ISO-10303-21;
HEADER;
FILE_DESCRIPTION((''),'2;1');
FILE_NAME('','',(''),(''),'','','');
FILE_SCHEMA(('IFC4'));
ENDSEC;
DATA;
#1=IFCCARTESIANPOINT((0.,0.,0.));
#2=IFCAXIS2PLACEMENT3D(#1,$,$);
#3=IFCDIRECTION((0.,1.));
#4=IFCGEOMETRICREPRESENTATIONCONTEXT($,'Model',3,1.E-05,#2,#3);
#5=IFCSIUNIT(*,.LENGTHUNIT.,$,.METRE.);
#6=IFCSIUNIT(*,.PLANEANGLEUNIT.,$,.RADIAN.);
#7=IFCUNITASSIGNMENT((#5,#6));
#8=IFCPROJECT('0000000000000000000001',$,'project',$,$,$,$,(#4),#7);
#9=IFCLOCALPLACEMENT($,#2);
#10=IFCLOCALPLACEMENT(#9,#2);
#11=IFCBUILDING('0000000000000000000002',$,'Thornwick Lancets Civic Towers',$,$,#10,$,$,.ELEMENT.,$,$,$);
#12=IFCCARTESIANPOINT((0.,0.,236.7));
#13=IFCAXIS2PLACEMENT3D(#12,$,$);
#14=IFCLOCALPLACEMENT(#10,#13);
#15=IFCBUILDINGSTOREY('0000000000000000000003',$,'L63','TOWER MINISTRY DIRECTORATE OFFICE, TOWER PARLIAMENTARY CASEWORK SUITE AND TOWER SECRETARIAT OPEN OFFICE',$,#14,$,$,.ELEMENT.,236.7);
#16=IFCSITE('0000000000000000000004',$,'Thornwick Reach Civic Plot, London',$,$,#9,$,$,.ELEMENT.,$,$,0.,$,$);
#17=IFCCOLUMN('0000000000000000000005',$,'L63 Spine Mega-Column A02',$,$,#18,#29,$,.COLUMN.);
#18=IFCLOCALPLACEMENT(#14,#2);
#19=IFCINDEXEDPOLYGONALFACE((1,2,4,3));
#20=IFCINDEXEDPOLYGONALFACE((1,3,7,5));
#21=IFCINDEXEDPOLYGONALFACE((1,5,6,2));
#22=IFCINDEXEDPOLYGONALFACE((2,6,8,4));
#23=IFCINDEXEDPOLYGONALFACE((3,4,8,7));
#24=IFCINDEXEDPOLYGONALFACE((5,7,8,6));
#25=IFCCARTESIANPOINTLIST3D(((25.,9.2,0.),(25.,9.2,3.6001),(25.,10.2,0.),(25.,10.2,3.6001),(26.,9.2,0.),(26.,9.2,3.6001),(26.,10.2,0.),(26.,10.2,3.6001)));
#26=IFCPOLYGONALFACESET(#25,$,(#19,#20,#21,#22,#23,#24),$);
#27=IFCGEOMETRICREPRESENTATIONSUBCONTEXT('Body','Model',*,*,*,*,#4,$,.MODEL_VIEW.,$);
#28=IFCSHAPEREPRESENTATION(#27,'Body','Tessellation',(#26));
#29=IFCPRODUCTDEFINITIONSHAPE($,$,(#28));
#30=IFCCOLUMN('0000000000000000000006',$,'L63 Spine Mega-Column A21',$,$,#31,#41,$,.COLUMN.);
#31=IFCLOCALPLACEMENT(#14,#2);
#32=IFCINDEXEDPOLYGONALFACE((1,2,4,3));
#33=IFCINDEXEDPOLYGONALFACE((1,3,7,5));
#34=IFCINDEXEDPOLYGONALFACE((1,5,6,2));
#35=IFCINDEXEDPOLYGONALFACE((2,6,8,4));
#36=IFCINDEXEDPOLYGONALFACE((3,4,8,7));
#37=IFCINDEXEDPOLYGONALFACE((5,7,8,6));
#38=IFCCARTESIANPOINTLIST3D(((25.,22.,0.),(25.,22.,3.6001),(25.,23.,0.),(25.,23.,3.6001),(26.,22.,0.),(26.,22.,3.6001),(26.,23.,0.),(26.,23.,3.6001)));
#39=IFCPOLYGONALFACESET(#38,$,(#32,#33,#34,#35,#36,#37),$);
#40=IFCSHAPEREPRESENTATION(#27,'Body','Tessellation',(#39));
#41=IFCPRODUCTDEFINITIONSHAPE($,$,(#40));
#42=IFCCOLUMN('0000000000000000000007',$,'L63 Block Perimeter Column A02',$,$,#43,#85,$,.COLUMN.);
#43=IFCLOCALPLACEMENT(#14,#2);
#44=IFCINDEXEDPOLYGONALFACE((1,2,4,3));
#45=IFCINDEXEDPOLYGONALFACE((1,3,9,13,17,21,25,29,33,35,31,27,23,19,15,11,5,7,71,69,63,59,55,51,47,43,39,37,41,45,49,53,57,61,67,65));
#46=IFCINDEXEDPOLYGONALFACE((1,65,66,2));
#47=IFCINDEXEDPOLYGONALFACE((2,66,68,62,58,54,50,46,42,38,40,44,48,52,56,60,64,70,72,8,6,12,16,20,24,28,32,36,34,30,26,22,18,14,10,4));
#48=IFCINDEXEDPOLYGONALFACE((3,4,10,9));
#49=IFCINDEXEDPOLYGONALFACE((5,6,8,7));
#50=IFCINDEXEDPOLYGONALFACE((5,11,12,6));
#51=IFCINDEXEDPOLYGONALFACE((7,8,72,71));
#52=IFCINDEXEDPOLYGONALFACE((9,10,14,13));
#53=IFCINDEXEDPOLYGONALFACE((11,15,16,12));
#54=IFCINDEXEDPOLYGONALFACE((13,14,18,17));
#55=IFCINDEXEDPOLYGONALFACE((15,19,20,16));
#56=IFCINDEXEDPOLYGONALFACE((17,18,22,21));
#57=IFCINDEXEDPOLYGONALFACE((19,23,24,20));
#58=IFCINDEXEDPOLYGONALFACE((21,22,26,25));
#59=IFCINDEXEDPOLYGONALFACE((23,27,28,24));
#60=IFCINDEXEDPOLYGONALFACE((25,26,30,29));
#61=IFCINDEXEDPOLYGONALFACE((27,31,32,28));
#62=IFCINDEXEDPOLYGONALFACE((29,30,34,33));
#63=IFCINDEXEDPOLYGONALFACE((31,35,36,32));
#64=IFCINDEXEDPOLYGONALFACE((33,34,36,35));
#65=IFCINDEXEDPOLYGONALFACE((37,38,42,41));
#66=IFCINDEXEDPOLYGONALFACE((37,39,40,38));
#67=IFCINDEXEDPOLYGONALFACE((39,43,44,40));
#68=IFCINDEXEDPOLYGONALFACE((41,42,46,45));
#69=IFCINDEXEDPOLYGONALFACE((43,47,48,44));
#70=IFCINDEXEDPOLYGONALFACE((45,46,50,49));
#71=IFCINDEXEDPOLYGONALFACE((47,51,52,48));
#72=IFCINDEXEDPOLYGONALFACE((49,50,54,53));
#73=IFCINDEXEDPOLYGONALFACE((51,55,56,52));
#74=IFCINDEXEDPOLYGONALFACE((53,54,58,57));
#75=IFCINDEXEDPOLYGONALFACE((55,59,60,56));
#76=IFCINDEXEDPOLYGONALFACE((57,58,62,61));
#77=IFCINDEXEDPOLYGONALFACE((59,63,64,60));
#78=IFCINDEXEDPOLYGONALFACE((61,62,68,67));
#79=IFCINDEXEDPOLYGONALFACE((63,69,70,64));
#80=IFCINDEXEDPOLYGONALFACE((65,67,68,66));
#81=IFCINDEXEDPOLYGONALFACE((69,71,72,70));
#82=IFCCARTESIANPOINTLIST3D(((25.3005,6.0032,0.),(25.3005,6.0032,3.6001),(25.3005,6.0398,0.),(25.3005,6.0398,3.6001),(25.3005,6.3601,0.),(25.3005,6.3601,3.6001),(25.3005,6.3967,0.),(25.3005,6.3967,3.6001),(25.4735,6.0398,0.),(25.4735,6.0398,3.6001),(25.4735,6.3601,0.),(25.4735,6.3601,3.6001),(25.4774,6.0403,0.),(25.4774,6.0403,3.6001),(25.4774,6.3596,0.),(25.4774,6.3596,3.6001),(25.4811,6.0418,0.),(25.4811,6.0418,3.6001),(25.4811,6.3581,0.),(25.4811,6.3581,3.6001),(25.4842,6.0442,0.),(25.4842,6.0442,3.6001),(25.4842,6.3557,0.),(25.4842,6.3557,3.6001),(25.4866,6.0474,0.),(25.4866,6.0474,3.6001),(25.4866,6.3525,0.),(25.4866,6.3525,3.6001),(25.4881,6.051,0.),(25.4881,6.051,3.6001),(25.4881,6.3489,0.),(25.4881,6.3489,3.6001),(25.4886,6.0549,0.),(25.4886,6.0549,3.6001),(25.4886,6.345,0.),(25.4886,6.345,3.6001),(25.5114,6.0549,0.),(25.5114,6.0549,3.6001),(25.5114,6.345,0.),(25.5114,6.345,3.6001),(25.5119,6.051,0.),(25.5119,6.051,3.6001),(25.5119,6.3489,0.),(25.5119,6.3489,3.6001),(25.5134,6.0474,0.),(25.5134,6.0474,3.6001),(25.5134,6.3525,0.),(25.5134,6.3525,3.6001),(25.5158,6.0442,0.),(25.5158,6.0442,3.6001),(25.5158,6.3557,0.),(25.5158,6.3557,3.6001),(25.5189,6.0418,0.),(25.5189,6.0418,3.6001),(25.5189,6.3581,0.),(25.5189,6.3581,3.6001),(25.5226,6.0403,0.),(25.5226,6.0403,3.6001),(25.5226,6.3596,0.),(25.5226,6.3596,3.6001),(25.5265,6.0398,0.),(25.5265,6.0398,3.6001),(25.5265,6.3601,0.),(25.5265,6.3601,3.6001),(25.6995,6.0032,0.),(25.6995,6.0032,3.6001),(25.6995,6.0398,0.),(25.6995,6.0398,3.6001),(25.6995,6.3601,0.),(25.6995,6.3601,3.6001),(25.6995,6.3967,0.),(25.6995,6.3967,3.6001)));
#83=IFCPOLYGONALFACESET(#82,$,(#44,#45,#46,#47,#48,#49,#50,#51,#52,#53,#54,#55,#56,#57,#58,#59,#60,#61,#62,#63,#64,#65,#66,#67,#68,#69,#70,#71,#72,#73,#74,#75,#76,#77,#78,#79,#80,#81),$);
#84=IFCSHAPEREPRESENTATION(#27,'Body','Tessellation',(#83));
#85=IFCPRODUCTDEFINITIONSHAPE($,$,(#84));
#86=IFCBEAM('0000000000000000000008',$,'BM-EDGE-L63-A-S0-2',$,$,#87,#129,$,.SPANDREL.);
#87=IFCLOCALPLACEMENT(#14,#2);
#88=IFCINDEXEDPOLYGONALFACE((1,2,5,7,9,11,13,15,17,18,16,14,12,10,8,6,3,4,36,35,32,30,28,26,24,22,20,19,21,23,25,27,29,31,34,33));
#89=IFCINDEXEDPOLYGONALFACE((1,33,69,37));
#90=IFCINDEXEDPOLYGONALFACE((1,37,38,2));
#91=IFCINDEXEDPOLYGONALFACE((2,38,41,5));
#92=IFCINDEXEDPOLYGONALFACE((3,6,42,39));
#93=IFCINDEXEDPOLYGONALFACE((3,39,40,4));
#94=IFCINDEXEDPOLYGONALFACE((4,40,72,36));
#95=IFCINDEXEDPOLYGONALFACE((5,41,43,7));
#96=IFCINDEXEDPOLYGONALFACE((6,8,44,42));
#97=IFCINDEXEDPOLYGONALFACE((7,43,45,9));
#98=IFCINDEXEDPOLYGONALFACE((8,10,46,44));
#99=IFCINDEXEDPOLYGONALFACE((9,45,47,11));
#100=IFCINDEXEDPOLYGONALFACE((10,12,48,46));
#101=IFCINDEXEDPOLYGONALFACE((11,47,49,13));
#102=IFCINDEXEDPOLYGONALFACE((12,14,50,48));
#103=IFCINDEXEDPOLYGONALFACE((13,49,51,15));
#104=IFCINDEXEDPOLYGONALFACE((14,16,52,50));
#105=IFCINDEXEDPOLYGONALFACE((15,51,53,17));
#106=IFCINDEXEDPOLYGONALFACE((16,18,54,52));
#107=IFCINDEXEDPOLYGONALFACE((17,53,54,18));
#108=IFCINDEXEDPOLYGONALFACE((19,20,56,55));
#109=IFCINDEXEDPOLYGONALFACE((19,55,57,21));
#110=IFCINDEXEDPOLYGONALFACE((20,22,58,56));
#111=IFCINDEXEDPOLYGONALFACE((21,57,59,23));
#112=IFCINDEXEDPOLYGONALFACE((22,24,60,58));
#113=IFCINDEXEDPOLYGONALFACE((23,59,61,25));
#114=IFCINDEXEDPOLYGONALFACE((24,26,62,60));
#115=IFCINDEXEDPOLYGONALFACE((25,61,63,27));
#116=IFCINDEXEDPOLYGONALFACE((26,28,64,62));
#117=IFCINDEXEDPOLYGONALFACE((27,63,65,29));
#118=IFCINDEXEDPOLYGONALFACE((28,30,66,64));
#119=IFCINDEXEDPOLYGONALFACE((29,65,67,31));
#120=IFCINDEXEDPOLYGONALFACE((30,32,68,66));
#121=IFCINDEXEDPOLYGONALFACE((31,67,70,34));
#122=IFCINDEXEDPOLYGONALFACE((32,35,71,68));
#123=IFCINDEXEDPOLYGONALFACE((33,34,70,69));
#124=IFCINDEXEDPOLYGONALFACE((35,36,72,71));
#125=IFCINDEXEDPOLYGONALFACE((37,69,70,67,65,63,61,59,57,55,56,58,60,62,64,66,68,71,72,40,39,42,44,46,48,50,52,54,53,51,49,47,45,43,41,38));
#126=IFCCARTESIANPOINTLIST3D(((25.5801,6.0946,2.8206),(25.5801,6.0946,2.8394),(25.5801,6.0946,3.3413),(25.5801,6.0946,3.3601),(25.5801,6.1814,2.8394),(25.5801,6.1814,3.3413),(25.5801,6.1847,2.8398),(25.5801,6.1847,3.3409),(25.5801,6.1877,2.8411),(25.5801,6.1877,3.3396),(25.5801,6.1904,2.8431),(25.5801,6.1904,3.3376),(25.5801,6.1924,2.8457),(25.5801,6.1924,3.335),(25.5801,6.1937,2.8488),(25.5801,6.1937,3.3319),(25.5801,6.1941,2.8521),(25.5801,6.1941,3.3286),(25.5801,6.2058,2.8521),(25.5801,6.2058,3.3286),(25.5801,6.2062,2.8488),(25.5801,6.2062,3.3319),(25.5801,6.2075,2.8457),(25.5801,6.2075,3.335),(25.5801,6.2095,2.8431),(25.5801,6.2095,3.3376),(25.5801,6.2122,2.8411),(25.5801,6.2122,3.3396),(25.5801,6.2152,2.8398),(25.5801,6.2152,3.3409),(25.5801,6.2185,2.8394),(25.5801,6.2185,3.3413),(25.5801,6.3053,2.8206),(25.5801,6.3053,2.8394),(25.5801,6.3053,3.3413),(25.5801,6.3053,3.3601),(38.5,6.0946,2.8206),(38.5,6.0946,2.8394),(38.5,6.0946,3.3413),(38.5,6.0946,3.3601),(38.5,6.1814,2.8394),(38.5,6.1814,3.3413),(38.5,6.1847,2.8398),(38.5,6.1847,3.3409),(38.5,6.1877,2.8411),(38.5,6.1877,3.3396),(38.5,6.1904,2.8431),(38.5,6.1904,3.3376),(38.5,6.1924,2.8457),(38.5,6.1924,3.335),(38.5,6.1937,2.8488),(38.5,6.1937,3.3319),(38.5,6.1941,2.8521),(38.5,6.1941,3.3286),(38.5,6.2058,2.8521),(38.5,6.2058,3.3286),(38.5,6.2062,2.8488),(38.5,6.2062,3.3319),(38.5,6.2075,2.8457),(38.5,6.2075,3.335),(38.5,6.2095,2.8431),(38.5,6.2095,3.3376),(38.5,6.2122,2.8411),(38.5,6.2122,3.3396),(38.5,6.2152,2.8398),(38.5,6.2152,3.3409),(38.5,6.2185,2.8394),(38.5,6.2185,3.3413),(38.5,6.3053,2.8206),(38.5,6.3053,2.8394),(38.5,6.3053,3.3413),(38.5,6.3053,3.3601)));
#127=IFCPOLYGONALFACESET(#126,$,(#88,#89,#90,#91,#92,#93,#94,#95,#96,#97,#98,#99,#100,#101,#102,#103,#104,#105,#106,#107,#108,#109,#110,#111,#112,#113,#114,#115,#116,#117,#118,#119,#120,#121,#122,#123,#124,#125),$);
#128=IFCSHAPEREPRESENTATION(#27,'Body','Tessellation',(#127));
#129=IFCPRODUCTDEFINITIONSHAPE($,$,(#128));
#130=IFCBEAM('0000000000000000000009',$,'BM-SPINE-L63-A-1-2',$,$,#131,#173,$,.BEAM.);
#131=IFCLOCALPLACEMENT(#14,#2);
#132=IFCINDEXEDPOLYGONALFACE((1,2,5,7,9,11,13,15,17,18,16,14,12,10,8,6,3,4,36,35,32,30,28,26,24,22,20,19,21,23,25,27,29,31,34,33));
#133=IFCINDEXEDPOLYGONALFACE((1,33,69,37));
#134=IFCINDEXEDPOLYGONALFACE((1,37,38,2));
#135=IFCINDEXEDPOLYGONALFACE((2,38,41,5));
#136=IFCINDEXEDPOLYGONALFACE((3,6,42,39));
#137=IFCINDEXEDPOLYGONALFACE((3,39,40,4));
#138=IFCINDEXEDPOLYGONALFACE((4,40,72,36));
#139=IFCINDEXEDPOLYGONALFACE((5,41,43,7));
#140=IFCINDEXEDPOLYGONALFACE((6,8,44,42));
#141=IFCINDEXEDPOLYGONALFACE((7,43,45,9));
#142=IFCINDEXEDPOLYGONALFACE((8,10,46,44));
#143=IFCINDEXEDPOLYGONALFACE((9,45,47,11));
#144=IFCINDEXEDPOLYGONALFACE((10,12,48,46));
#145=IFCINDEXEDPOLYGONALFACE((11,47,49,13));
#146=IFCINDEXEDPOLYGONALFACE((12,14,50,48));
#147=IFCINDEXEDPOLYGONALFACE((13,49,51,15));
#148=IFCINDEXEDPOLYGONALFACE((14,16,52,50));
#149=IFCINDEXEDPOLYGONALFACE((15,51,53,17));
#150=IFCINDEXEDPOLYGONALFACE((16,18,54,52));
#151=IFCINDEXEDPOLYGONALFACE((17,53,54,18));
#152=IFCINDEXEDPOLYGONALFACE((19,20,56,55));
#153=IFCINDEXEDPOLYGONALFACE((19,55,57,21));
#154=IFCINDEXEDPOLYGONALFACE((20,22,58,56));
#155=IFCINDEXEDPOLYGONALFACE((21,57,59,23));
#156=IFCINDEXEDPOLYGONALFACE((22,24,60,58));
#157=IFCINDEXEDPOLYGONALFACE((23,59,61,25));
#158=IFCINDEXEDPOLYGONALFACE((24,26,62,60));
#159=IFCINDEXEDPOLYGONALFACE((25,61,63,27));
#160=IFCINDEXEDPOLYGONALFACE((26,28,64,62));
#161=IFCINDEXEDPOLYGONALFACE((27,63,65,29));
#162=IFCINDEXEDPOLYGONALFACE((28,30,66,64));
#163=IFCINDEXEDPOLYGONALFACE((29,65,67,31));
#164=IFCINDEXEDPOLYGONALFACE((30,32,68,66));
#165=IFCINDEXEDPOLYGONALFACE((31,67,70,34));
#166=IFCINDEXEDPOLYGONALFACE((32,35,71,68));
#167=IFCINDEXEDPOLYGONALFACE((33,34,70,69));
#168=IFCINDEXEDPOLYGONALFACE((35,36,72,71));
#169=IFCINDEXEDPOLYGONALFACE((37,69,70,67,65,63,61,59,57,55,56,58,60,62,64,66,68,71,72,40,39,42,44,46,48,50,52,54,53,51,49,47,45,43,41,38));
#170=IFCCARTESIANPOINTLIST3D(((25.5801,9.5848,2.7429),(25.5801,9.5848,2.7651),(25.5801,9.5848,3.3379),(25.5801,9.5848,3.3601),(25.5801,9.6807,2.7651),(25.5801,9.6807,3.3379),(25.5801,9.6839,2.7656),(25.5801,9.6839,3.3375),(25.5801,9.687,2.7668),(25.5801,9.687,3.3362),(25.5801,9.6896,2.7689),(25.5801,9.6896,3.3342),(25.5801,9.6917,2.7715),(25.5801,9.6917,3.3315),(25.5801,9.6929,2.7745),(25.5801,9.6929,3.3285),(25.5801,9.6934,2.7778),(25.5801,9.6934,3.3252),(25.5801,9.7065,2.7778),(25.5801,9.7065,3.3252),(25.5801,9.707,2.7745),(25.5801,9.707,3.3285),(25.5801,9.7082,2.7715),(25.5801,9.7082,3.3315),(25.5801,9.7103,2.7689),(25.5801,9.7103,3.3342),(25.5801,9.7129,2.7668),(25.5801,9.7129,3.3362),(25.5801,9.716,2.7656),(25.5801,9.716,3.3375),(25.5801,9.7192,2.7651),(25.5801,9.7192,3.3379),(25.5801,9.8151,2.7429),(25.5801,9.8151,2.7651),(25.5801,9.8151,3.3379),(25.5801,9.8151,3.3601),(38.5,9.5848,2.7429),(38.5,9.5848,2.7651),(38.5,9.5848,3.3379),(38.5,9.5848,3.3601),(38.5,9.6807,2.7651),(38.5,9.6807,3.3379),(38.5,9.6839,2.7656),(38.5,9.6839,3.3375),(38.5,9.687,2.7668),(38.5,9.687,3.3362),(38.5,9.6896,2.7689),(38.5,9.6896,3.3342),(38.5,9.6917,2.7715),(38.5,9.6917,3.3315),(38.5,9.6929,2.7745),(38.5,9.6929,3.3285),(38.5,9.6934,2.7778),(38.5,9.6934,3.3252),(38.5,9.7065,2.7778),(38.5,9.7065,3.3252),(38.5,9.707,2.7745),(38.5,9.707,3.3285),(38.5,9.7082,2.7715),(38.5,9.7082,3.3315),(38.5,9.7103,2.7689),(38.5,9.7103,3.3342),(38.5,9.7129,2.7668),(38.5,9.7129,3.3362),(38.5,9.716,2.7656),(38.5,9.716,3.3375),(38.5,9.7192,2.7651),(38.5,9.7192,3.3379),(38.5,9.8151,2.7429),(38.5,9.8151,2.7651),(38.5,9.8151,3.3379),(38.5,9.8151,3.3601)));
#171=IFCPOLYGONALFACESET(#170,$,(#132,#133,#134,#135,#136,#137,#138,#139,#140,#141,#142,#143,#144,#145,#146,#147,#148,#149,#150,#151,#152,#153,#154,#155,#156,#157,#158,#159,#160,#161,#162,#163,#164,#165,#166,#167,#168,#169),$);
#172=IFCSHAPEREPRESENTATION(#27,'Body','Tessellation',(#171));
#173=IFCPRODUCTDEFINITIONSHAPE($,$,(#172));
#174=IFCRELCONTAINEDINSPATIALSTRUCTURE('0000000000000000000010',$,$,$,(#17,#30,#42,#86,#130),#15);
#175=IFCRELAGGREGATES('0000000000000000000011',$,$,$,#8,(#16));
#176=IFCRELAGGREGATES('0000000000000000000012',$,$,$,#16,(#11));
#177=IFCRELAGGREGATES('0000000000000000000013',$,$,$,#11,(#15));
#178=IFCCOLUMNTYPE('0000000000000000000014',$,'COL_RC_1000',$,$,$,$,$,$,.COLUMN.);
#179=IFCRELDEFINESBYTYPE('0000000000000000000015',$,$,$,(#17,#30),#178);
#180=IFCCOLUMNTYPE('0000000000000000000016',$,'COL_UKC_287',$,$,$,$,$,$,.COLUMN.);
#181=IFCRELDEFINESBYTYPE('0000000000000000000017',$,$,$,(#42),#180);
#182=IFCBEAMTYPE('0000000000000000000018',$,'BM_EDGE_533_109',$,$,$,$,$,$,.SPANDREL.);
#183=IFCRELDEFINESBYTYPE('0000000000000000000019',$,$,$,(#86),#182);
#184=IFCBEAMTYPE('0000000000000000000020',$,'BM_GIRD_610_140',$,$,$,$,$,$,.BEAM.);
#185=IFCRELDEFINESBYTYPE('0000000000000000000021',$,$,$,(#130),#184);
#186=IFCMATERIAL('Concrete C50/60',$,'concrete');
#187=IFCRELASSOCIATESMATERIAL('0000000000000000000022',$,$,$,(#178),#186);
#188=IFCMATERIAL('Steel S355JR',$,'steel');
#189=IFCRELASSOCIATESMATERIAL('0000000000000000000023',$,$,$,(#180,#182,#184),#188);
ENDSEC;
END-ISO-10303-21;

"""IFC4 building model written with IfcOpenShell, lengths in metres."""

from ifc_helpers import new_model, si_unit, direction, frame, origin, origin_2d, place, context, subcontext, project, spatial, rectangle, i_section, extrude, material, material_profile, profile_set, type_object, element, save


model = new_model("IFC4")

# Units and contexts
model_context = context("Model", 3, precision=1e-05, world=origin(), true_north=direction((0.0, 1.0)))
body_context = subcontext(model_context, "Body", "Model", "MODEL_VIEW")
ifc_project = project(units=[si_unit("LENGTHUNIT", "METRE"), si_unit("PLANEANGLEUNIT", "RADIAN")], contexts=[model_context])

# Site, building, storey
site_placement = place(None, origin())
site = spatial("IfcSite", under=ifc_project, at=site_placement, Name="Thornwick Reach Civic Plot, London", CompositionType="ELEMENT", RefElevation=0.0)
building_placement = place(site_placement, origin())
building = spatial("IfcBuilding", under=site, at=building_placement, Name="Thornwick Lancets Civic Towers", CompositionType="ELEMENT")
storey_placement = place(building_placement, frame((0.0, 0.0, 236.7)))
storey = spatial("IfcBuildingStorey", under=building, at=storey_placement, Name="L63", Description="TOWER MINISTRY DIRECTORATE OFFICE, TOWER PARLIAMENTARY CASEWORK SUITE AND TOWER SECRETARIAT OPEN OFFICE", CompositionType="ELEMENT", Elevation=236.7)

# Columns
ifc_material_1 = material(Name="Concrete C50/60", Category="concrete")
ifc_material_profile_1 = material_profile(ifc_material_1, rectangle(XDim=1.0, YDim=1.0, at=origin_2d()), Name="RC 1000x1000")
ifc_profile_set_1 = profile_set([ifc_material_profile_1], Name="Concrete C50/60")
column_type_1 = type_object("IfcColumnType", Name="COL_RC_1000", PredefinedType="COLUMN", material=ifc_profile_set_1)
for number, where, z_axis, x_axis, name in (
    (1, (25.5, 9.7, 0.0), (0.0, 0.0, 1.0), (1.0, 0.0, 0.0), "L63 Spine Mega-Column A02"),
    (2, (25.5, 22.5, 0.0), (0.0, 0.0, 1.0), (1.0, 0.0, 0.0), "L63 Spine Mega-Column A21"),
):
    element("IfcColumn", number, at=place(storey_placement, frame(where, z_axis=z_axis, x_axis=x_axis)), inside=storey, type_object=column_type_1, Name=name, PredefinedType="COLUMN", context=body_context, shape_type="SweptSolid", body=[
        extrude(rectangle(XDim=1.0, YDim=1.0, at=origin_2d()), origin(), (0.0, 0.0, 1.0), 3.6001),
    ])
ifc_material_2 = material(Name="Steel S355JR", Category="steel")
ifc_material_profile_2 = material_profile(ifc_material_2, i_section(OverallWidth=0.3989, OverallDepth=0.3936, WebThickness=0.0227, FlangeThickness=0.0366, FilletRadius=0.0151, at=origin_2d()), Name="UKC 356x406x287")
ifc_profile_set_2 = profile_set([ifc_material_profile_2], Name="Steel S355JR")
column_type_2 = type_object("IfcColumnType", Name="COL_UKC_287", PredefinedType="COLUMN", material=ifc_profile_set_2)
column_placement = place(storey_placement, frame((25.5, 6.2, 0.0), z_axis=(0.0, 0.0, 1.0), x_axis=(1.0, 0.0, 0.0)))
element("IfcColumn", 3, at=column_placement, inside=storey, type_object=column_type_2, Name="L63 Block Perimeter Column A02", PredefinedType="COLUMN", context=body_context, shape_type="SweptSolid", body=[
    extrude(i_section(OverallWidth=0.3989, OverallDepth=0.3936, WebThickness=0.0227, FlangeThickness=0.0366, FilletRadius=0.0151, at=origin_2d()), origin(), (0.0, 0.0, 1.0), 3.6001),
])

# Beams
ifc_material_profile_3 = material_profile(ifc_material_2, i_section(OverallWidth=0.2107, OverallDepth=0.5396, WebThickness=0.0117, FlangeThickness=0.0188, FilletRadius=0.0127, at=origin_2d()), Name="UKB 533x210x109")
ifc_profile_set_3 = profile_set([ifc_material_profile_3], Name="Steel S355JR")
beam_type_1 = type_object("IfcBeamType", Name="BM_EDGE_533_109", PredefinedType="SPANDREL", material=ifc_profile_set_3)
beam_1_placement = place(storey_placement, frame((25.5801, 6.2, 3.0903), z_axis=(1.0, 0.0, 0.0), x_axis=(0.0, 1.0, 0.0)))
element("IfcBeam", 4, at=beam_1_placement, inside=storey, type_object=beam_type_1, Name="BM-EDGE-L63-A-S0-2", PredefinedType="SPANDREL", context=body_context, shape_type="SweptSolid", body=[
    extrude(i_section(OverallWidth=0.2107, OverallDepth=0.5396, WebThickness=0.0117, FlangeThickness=0.0188, FilletRadius=0.0127, at=origin_2d()), origin(), (0.0, 0.0, 1.0), 12.9199),
])
ifc_material_profile_4 = material_profile(ifc_material_2, i_section(OverallWidth=0.2302, OverallDepth=0.6172, WebThickness=0.0132, FlangeThickness=0.0222, FilletRadius=0.0127, at=origin_2d()), Name="UKB 610x229x140")
ifc_profile_set_4 = profile_set([ifc_material_profile_4], Name="Steel S355JR")
beam_type_2 = type_object("IfcBeamType", Name="BM_GIRD_610_140", PredefinedType="BEAM", material=ifc_profile_set_4)
beam_2_placement = place(storey_placement, frame((25.5801, 9.7, 3.0515), z_axis=(1.0, 0.0, 0.0), x_axis=(0.0, 1.0, 0.0)))
element("IfcBeam", 5, at=beam_2_placement, inside=storey, type_object=beam_type_2, Name="BM-SPINE-L63-A-1-2", PredefinedType="BEAM", context=body_context, shape_type="SweptSolid", body=[
    extrude(i_section(OverallWidth=0.2302, OverallDepth=0.6172, WebThickness=0.0132, FlangeThickness=0.0222, FilletRadius=0.0127, at=origin_2d()), origin(), (0.0, 0.0, 1.0), 12.9199),
])

save(model, "model.ifc")
